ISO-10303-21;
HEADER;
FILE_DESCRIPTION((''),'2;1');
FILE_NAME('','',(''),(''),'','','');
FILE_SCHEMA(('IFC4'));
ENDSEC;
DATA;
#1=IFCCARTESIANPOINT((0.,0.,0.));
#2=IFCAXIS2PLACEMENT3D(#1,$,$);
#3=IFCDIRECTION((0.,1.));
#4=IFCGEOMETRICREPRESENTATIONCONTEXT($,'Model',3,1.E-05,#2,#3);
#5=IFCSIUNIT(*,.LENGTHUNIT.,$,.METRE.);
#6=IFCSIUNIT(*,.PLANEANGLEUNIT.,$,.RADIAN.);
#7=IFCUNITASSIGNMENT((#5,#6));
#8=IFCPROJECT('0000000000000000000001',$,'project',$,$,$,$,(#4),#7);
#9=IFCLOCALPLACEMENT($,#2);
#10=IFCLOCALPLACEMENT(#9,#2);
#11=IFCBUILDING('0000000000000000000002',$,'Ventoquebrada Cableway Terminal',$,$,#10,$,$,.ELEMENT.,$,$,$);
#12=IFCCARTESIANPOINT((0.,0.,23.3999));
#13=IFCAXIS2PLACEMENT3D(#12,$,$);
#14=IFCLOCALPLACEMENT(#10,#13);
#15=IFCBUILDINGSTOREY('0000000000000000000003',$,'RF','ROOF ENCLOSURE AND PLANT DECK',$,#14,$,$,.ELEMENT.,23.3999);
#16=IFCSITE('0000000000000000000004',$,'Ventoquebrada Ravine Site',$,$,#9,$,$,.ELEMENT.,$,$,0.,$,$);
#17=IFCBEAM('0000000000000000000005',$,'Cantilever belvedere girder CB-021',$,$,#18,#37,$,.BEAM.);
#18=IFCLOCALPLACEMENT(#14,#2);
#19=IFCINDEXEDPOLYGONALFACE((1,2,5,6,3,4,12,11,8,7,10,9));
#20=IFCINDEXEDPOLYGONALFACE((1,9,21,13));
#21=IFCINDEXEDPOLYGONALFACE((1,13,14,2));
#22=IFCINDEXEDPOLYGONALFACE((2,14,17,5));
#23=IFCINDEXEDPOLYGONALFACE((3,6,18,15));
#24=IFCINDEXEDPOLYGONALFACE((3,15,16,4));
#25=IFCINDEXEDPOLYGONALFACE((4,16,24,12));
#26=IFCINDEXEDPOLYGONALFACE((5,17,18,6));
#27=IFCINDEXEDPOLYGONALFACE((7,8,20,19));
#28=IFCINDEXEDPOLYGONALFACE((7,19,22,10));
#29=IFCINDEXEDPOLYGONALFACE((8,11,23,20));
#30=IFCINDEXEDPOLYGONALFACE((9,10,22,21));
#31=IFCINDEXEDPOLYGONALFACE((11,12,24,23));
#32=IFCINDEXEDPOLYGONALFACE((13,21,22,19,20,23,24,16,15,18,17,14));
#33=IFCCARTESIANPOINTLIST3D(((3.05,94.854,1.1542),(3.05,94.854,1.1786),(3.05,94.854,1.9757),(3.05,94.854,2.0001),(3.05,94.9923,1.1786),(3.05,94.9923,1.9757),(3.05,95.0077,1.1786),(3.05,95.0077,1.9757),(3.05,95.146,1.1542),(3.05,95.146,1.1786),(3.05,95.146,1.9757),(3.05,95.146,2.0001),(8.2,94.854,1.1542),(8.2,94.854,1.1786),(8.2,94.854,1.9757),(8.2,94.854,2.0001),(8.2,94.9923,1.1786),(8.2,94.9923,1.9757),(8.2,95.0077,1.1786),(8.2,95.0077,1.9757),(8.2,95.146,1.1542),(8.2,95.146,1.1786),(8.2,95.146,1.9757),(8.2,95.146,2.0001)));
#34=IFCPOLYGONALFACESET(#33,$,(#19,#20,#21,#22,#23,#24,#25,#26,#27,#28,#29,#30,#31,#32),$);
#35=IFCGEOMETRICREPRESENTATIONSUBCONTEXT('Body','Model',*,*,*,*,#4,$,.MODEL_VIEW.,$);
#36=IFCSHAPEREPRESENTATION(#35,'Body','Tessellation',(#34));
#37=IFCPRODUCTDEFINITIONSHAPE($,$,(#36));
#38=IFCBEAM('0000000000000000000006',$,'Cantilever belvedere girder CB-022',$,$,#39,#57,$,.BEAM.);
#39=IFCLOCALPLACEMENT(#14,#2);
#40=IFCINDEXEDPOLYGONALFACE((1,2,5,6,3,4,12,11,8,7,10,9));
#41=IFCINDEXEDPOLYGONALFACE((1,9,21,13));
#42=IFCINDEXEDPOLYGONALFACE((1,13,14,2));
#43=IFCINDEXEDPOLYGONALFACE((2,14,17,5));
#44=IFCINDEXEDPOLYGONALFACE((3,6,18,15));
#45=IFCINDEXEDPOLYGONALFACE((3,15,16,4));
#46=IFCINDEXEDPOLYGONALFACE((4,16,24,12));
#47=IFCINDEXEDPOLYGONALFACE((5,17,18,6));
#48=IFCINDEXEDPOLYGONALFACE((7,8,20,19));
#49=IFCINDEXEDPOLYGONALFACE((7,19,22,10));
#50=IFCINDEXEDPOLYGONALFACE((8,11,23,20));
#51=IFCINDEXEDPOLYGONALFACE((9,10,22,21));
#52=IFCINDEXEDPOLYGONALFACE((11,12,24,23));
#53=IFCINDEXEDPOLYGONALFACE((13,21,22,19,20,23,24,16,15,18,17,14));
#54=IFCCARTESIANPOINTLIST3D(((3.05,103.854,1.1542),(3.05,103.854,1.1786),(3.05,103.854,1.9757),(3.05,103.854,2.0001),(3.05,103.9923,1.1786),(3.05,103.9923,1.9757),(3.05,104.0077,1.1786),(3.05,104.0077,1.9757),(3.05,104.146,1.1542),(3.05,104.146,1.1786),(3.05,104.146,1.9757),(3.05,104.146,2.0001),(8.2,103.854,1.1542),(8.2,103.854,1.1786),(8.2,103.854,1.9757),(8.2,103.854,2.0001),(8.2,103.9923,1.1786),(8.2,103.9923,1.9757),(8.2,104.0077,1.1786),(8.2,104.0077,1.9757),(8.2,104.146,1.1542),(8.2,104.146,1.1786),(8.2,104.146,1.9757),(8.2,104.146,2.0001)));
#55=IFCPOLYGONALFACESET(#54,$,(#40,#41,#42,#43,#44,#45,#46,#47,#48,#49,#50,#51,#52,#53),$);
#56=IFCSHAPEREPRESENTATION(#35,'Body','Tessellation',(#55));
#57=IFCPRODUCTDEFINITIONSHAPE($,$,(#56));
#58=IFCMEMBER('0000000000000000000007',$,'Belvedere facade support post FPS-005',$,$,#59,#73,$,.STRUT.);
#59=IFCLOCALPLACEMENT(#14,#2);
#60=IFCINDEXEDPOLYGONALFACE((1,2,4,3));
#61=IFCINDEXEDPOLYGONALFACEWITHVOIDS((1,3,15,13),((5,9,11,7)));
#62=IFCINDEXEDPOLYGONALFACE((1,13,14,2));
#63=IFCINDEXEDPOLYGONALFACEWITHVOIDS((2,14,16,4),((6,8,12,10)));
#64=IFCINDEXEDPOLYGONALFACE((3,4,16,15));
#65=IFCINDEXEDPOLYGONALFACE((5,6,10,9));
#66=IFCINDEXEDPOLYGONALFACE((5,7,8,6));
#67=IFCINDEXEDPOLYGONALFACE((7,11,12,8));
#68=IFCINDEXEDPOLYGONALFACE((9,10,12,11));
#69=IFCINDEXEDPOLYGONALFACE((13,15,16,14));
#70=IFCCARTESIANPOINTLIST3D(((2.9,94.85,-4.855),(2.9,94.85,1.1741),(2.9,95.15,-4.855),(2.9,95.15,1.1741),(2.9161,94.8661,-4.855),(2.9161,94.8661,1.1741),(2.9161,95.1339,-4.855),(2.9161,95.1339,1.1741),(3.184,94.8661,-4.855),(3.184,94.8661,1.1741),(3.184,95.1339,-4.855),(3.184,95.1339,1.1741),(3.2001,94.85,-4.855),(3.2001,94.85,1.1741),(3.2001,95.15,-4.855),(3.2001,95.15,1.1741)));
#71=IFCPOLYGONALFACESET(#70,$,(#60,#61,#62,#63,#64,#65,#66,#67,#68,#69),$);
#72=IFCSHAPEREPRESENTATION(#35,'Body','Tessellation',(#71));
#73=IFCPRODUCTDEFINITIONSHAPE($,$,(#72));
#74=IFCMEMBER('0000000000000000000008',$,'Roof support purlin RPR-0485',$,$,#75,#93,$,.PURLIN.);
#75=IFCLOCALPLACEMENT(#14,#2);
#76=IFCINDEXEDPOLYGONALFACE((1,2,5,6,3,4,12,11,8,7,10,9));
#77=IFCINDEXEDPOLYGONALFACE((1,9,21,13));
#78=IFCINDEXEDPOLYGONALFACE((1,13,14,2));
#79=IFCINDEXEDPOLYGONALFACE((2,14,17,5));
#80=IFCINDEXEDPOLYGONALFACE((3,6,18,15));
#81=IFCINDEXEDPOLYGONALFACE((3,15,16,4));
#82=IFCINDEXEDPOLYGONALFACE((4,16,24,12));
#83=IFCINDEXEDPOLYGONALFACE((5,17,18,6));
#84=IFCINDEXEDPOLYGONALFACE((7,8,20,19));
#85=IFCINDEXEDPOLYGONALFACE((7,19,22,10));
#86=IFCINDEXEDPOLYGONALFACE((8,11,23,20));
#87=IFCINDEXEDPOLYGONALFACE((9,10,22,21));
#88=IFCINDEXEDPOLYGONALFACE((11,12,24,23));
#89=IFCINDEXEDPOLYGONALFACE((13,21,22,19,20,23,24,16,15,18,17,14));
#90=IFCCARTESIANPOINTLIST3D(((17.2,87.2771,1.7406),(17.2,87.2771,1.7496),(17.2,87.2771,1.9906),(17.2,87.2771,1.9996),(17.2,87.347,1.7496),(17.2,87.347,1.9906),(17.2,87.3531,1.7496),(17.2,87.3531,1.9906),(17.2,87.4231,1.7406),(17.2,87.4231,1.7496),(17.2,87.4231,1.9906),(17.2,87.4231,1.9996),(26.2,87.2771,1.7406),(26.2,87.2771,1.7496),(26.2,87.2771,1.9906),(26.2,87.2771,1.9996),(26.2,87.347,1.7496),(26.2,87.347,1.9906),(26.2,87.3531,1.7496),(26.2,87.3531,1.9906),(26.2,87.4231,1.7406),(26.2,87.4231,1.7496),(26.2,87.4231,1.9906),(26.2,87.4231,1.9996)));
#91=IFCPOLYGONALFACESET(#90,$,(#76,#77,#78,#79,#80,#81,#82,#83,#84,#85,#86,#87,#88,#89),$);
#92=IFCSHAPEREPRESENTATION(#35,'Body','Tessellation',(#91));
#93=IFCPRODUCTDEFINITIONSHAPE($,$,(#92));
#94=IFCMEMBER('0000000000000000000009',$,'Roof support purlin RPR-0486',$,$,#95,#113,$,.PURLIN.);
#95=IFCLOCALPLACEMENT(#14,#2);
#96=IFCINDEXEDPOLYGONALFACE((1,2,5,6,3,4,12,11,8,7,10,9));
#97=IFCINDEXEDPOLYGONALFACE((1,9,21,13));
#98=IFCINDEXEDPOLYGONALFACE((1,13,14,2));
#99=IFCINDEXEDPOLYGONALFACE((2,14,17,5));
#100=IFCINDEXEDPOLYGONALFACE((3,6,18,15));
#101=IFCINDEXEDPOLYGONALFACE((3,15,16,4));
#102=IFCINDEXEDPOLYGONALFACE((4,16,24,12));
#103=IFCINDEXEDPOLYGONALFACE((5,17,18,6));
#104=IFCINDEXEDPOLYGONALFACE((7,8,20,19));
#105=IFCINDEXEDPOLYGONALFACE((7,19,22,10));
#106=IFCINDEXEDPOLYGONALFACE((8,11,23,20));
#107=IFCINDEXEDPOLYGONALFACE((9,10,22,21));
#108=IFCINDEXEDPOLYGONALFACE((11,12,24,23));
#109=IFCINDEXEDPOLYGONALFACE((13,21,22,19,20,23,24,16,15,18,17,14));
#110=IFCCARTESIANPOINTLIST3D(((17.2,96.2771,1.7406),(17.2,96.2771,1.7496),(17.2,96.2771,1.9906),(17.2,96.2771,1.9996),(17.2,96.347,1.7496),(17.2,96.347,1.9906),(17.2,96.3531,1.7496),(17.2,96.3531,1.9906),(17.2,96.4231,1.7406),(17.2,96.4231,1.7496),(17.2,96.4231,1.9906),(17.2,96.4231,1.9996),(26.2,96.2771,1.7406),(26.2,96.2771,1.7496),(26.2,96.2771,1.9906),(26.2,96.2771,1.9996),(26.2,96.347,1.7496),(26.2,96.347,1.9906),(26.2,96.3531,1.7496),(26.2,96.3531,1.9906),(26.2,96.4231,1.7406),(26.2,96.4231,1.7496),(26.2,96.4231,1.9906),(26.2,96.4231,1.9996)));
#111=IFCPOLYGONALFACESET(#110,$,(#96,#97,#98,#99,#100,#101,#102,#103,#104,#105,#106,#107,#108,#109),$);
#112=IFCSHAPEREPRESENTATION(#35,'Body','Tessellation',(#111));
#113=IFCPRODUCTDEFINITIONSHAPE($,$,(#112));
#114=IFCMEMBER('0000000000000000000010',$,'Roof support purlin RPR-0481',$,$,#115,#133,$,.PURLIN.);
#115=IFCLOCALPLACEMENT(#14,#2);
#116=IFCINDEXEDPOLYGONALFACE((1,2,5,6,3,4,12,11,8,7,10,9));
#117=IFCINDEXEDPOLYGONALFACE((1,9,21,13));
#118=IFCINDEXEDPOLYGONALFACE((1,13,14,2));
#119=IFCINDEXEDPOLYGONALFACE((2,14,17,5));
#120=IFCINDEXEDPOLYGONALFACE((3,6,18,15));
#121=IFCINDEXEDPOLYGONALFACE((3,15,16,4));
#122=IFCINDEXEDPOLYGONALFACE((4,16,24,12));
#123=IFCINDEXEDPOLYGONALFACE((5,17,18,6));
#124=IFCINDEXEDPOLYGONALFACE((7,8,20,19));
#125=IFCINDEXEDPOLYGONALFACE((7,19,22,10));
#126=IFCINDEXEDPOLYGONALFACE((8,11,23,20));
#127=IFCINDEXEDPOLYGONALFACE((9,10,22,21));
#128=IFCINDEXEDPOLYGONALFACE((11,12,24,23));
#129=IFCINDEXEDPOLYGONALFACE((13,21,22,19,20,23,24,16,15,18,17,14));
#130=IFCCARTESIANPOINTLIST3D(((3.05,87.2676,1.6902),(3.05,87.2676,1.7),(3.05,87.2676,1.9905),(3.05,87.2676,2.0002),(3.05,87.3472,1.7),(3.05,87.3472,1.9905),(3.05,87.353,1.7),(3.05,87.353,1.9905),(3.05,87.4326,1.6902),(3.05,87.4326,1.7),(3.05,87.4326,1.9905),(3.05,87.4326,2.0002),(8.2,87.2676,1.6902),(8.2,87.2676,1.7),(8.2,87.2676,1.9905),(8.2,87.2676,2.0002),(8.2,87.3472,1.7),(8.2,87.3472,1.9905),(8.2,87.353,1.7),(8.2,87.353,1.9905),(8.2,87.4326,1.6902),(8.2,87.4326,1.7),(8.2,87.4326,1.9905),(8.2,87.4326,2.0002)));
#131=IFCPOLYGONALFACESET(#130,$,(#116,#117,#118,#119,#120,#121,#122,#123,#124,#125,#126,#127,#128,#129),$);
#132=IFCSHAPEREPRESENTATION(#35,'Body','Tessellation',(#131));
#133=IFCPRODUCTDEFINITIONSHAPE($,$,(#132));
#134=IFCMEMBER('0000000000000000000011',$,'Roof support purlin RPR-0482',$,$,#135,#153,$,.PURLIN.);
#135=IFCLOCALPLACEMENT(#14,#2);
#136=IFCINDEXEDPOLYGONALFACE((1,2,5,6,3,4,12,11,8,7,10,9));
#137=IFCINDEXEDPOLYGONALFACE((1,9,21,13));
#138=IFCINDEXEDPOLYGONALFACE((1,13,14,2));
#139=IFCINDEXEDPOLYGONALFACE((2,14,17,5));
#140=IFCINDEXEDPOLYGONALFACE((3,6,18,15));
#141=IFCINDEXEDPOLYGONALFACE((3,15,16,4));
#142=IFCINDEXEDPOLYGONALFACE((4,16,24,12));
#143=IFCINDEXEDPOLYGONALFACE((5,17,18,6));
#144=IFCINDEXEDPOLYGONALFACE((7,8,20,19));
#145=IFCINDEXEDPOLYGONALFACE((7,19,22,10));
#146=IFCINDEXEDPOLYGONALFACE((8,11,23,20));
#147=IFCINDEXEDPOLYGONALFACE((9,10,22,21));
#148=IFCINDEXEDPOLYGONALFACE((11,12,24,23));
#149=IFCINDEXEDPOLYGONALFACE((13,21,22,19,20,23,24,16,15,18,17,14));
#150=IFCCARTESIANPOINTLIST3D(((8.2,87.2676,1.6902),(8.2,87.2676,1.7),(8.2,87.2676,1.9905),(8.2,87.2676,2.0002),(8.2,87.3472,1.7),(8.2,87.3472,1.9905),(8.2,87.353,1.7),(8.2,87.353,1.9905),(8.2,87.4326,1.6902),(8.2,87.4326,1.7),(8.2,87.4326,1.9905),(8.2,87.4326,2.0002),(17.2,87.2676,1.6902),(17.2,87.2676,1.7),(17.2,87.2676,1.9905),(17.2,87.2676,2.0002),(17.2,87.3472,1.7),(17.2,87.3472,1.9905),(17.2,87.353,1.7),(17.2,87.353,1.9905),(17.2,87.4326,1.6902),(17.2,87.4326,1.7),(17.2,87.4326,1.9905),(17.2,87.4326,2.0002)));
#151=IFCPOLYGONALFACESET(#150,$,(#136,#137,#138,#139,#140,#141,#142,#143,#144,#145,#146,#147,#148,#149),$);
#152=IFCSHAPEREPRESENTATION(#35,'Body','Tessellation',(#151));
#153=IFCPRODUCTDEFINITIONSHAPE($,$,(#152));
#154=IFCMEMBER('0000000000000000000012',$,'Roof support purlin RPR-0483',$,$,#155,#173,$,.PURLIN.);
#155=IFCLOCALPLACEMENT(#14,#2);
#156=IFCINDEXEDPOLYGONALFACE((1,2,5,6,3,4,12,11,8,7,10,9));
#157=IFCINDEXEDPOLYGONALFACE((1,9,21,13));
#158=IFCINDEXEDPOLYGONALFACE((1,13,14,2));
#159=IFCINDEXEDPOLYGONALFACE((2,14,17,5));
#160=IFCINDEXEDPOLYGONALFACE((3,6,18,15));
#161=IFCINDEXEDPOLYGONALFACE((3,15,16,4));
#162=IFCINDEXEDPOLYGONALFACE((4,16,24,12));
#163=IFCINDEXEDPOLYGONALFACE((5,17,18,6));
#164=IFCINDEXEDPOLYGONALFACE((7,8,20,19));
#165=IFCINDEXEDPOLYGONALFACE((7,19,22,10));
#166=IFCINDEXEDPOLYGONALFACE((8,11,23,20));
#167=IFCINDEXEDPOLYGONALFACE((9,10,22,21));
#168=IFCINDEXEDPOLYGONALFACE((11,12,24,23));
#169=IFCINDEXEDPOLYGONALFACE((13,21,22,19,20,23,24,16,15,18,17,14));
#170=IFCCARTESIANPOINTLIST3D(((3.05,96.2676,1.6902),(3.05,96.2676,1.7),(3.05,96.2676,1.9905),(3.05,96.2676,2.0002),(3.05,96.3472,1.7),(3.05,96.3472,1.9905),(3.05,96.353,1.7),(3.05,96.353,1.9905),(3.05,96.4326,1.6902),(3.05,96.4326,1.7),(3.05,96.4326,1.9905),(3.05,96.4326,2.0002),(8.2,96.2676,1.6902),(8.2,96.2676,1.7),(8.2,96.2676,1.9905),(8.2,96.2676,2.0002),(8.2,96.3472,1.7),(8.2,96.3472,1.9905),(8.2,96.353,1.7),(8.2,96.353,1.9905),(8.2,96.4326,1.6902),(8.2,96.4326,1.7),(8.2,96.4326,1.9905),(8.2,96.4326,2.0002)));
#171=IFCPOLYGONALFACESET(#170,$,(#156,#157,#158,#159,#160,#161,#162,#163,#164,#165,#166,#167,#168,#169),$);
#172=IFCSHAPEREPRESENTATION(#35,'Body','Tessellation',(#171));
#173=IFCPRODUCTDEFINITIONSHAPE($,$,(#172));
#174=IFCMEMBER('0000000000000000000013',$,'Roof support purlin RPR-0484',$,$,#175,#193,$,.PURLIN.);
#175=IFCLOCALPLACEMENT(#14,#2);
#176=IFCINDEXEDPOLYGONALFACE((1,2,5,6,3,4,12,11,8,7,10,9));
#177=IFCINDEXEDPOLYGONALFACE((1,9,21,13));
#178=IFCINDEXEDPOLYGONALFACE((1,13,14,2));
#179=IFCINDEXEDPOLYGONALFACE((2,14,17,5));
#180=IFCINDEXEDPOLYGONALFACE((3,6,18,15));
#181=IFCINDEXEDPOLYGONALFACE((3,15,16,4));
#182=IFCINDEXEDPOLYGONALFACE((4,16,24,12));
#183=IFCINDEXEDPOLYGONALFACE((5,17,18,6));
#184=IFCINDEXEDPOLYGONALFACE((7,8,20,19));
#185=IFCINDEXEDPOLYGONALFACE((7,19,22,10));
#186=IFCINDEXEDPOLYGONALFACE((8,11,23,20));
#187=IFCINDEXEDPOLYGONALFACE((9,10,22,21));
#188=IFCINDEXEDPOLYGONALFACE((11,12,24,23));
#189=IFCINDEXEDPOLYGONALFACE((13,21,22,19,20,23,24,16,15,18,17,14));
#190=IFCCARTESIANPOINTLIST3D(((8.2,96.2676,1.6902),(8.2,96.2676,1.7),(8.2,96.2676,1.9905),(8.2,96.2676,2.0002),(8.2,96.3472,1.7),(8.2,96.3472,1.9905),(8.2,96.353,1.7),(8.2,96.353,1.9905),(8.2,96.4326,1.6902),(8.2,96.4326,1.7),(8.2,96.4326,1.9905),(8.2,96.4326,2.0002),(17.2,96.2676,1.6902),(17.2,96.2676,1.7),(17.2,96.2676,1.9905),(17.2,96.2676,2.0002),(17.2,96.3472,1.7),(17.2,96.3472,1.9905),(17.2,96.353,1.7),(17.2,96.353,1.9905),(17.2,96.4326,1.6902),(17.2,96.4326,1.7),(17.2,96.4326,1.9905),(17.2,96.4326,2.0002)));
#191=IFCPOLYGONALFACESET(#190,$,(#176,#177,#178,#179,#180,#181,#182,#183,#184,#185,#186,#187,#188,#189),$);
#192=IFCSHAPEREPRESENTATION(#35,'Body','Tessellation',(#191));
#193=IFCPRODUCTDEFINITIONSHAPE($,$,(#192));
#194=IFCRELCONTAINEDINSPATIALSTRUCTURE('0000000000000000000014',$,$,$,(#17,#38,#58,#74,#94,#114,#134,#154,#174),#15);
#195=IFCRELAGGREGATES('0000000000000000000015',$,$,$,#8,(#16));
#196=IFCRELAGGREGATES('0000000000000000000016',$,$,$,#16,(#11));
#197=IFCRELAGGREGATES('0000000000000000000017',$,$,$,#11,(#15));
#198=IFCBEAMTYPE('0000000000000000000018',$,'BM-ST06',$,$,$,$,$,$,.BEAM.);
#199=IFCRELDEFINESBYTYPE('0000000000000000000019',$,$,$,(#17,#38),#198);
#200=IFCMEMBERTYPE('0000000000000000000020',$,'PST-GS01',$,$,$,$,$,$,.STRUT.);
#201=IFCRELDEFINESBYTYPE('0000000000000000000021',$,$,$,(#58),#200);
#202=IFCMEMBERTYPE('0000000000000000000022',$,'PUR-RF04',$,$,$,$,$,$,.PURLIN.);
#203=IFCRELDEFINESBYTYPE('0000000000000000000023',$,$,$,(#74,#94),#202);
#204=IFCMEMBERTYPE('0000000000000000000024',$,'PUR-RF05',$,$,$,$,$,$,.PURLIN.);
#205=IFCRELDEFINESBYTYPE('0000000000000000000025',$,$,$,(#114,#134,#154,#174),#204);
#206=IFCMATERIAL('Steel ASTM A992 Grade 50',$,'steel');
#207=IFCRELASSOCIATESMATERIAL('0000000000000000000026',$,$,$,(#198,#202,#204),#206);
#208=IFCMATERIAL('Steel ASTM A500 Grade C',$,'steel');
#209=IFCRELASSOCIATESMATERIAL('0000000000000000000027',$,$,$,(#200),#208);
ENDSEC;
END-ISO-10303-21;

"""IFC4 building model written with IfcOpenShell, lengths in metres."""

from ifc_helpers import new_model, si_unit, direction, frame, origin, origin_2d, place, context, subcontext, project, spatial, hollow_rectangle, i_section, extrude, material, material_profile, profile_set, type_object, element, save


model = new_model("IFC4")

# Units and contexts
model_context = context("Model", 3, precision=1e-05, world=origin(), true_north=direction((0.0, 1.0)))
body_context = subcontext(model_context, "Body", "Model", "MODEL_VIEW")
ifc_project = project(units=[si_unit("LENGTHUNIT", "METRE"), si_unit("PLANEANGLEUNIT", "RADIAN")], contexts=[model_context])

# Site, building, storey
site_placement = place(None, origin())
site = spatial("IfcSite", under=ifc_project, at=site_placement, Name="Ventoquebrada Ravine Site", CompositionType="ELEMENT", RefElevation=0.0)
building_placement = place(site_placement, origin())
building = spatial("IfcBuilding", under=site, at=building_placement, Name="Ventoquebrada Cableway Terminal", CompositionType="ELEMENT")
storey_placement = place(building_placement, frame((0.0, 0.0, 23.3999)))
storey = spatial("IfcBuildingStorey", under=building, at=storey_placement, Name="RF", Description="ROOF ENCLOSURE AND PLANT DECK", CompositionType="ELEMENT", Elevation=23.3999)

# Beams
ifc_material_1 = material(Name="Steel ASTM A992 Grade 50", Category="steel")
ifc_material_profile_1 = material_profile(ifc_material_1, i_section(OverallWidth=0.292, OverallDepth=0.8459, WebThickness=0.0154, FlangeThickness=0.0244, at=origin_2d()), Name="W33X141")
ifc_profile_set_1 = profile_set([ifc_material_profile_1], Name="Steel ASTM A992 Grade 50")
beam_type_1 = type_object("IfcBeamType", Name="BM-ST06", PredefinedType="BEAM", material=ifc_profile_set_1)
for number, where, z_axis, x_axis, name in (
    (1, (3.05, 95.0, 1.5771), (1.0, 0.0, 0.0), (0.0, 1.0, 0.0), "Cantilever belvedere girder CB-021"),
    (2, (3.05, 104.0, 1.5771), (1.0, 0.0, 0.0), (0.0, 1.0, 0.0), "Cantilever belvedere girder CB-022"),
):
    element("IfcBeam", number, at=place(storey_placement, frame(where, z_axis=z_axis, x_axis=x_axis)), inside=storey, type_object=beam_type_1, Name=name, PredefinedType="BEAM", context=body_context, shape_type="SweptSolid", body=[
        extrude(i_section(OverallWidth=0.292, OverallDepth=0.8459, WebThickness=0.0154, FlangeThickness=0.0244, at=origin_2d()), origin(), (0.0, 0.0, 1.0), 5.1499),
    ])

# Members
ifc_material_2 = material(Name="Steel ASTM A500 Grade C", Category="steel")
ifc_material_profile_2 = material_profile(ifc_material_2, hollow_rectangle(XDim=0.3, YDim=0.3, WallThickness=0.0161, at=origin_2d()), Name="HSS300X300X16")
ifc_profile_set_2 = profile_set([ifc_material_profile_2], Name="Steel ASTM A500 Grade C")
member_type_1 = type_object("IfcMemberType", Name="PST-GS01", PredefinedType="STRUT", material=ifc_profile_set_2)
member_1_placement = place(storey_placement, frame((3.05, 95.0, -4.855), z_axis=(0.0, 0.0, 1.0), x_axis=(1.0, 0.0, 0.0)))
element("IfcMember", 3, at=member_1_placement, inside=storey, type_object=member_type_1, Name="Belvedere facade support post FPS-005", PredefinedType="STRUT", context=body_context, shape_type="SweptSolid", body=[
    extrude(hollow_rectangle(XDim=0.3, YDim=0.3, WallThickness=0.0161, at=origin_2d()), origin(), (0.0, 0.0, 1.0), 6.0291),
])
ifc_material_profile_3 = material_profile(ifc_material_1, i_section(OverallWidth=0.146, OverallDepth=0.259, WebThickness=0.0061, FlangeThickness=0.009, at=origin_2d()), Name="W10X22")
ifc_profile_set_3 = profile_set([ifc_material_profile_3], Name="Steel ASTM A992 Grade 50")
member_type_2 = type_object("IfcMemberType", Name="PUR-RF04", PredefinedType="PURLIN", material=ifc_profile_set_3)
for number, where, z_axis, x_axis, name in (
    (4, (17.2, 87.3501, 1.8701), (1.0, 0.0, 0.0), (0.0, 1.0, 0.0), "Roof support purlin RPR-0485"),
    (5, (17.2, 96.3501, 1.8701), (1.0, 0.0, 0.0), (0.0, 1.0, 0.0), "Roof support purlin RPR-0486"),
):
    element("IfcMember", number, at=place(storey_placement, frame(where, z_axis=z_axis, x_axis=x_axis)), inside=storey, type_object=member_type_2, Name=name, PredefinedType="PURLIN", context=body_context, shape_type="SweptSolid", body=[
        extrude(i_section(OverallWidth=0.146, OverallDepth=0.259, WebThickness=0.0061, FlangeThickness=0.009, at=origin_2d()), origin(), (0.0, 0.0, 1.0), 9.0),
    ])
ifc_material_profile_4 = material_profile(ifc_material_1, i_section(OverallWidth=0.165, OverallDepth=0.3101, WebThickness=0.0059, FlangeThickness=0.0098, at=origin_2d()), Name="W12X26")
ifc_profile_set_4 = profile_set([ifc_material_profile_4], Name="Steel ASTM A992 Grade 50")
member_type_3 = type_object("IfcMemberType", Name="PUR-RF05", PredefinedType="PURLIN", material=ifc_profile_set_4)
member_2_placement = place(storey_placement, frame((3.05, 87.3501, 1.8452), z_axis=(1.0, 0.0, 0.0), x_axis=(0.0, 1.0, 0.0)))
element("IfcMember", 6, at=member_2_placement, inside=storey, type_object=member_type_3, Name="Roof support purlin RPR-0481", PredefinedType="PURLIN", context=body_context, shape_type="SweptSolid", body=[
    extrude(i_section(OverallWidth=0.165, OverallDepth=0.3101, WebThickness=0.0059, FlangeThickness=0.0098, at=origin_2d()), origin(), (0.0, 0.0, 1.0), 5.1499),
])
member_3_placement = place(storey_placement, frame((8.2, 87.3501, 1.8452), z_axis=(1.0, 0.0, 0.0), x_axis=(0.0, 1.0, 0.0)))
element("IfcMember", 7, at=member_3_placement, inside=storey, type_object=member_type_3, Name="Roof support purlin RPR-0482", PredefinedType="PURLIN", context=body_context, shape_type="SweptSolid", body=[
    extrude(i_section(OverallWidth=0.165, OverallDepth=0.3101, WebThickness=0.0059, FlangeThickness=0.0098, at=origin_2d()), origin(), (0.0, 0.0, 1.0), 9.0),
])
member_4_placement = place(storey_placement, frame((3.05, 96.3501, 1.8452), z_axis=(1.0, 0.0, 0.0), x_axis=(0.0, 1.0, 0.0)))
element("IfcMember", 8, at=member_4_placement, inside=storey, type_object=member_type_3, Name="Roof support purlin RPR-0483", PredefinedType="PURLIN", context=body_context, shape_type="SweptSolid", body=[
    extrude(i_section(OverallWidth=0.165, OverallDepth=0.3101, WebThickness=0.0059, FlangeThickness=0.0098, at=origin_2d()), origin(), (0.0, 0.0, 1.0), 5.1499),
])
member_5_placement = place(storey_placement, frame((8.2, 96.3501, 1.8452), z_axis=(1.0, 0.0, 0.0), x_axis=(0.0, 1.0, 0.0)))
element("IfcMember", 9, at=member_5_placement, inside=storey, type_object=member_type_3, Name="Roof support purlin RPR-0484", PredefinedType="PURLIN", context=body_context, shape_type="SweptSolid", body=[
    extrude(i_section(OverallWidth=0.165, OverallDepth=0.3101, WebThickness=0.0059, FlangeThickness=0.0098, at=origin_2d()), origin(), (0.0, 0.0, 1.0), 9.0),
])

save(model, "model.ifc")
